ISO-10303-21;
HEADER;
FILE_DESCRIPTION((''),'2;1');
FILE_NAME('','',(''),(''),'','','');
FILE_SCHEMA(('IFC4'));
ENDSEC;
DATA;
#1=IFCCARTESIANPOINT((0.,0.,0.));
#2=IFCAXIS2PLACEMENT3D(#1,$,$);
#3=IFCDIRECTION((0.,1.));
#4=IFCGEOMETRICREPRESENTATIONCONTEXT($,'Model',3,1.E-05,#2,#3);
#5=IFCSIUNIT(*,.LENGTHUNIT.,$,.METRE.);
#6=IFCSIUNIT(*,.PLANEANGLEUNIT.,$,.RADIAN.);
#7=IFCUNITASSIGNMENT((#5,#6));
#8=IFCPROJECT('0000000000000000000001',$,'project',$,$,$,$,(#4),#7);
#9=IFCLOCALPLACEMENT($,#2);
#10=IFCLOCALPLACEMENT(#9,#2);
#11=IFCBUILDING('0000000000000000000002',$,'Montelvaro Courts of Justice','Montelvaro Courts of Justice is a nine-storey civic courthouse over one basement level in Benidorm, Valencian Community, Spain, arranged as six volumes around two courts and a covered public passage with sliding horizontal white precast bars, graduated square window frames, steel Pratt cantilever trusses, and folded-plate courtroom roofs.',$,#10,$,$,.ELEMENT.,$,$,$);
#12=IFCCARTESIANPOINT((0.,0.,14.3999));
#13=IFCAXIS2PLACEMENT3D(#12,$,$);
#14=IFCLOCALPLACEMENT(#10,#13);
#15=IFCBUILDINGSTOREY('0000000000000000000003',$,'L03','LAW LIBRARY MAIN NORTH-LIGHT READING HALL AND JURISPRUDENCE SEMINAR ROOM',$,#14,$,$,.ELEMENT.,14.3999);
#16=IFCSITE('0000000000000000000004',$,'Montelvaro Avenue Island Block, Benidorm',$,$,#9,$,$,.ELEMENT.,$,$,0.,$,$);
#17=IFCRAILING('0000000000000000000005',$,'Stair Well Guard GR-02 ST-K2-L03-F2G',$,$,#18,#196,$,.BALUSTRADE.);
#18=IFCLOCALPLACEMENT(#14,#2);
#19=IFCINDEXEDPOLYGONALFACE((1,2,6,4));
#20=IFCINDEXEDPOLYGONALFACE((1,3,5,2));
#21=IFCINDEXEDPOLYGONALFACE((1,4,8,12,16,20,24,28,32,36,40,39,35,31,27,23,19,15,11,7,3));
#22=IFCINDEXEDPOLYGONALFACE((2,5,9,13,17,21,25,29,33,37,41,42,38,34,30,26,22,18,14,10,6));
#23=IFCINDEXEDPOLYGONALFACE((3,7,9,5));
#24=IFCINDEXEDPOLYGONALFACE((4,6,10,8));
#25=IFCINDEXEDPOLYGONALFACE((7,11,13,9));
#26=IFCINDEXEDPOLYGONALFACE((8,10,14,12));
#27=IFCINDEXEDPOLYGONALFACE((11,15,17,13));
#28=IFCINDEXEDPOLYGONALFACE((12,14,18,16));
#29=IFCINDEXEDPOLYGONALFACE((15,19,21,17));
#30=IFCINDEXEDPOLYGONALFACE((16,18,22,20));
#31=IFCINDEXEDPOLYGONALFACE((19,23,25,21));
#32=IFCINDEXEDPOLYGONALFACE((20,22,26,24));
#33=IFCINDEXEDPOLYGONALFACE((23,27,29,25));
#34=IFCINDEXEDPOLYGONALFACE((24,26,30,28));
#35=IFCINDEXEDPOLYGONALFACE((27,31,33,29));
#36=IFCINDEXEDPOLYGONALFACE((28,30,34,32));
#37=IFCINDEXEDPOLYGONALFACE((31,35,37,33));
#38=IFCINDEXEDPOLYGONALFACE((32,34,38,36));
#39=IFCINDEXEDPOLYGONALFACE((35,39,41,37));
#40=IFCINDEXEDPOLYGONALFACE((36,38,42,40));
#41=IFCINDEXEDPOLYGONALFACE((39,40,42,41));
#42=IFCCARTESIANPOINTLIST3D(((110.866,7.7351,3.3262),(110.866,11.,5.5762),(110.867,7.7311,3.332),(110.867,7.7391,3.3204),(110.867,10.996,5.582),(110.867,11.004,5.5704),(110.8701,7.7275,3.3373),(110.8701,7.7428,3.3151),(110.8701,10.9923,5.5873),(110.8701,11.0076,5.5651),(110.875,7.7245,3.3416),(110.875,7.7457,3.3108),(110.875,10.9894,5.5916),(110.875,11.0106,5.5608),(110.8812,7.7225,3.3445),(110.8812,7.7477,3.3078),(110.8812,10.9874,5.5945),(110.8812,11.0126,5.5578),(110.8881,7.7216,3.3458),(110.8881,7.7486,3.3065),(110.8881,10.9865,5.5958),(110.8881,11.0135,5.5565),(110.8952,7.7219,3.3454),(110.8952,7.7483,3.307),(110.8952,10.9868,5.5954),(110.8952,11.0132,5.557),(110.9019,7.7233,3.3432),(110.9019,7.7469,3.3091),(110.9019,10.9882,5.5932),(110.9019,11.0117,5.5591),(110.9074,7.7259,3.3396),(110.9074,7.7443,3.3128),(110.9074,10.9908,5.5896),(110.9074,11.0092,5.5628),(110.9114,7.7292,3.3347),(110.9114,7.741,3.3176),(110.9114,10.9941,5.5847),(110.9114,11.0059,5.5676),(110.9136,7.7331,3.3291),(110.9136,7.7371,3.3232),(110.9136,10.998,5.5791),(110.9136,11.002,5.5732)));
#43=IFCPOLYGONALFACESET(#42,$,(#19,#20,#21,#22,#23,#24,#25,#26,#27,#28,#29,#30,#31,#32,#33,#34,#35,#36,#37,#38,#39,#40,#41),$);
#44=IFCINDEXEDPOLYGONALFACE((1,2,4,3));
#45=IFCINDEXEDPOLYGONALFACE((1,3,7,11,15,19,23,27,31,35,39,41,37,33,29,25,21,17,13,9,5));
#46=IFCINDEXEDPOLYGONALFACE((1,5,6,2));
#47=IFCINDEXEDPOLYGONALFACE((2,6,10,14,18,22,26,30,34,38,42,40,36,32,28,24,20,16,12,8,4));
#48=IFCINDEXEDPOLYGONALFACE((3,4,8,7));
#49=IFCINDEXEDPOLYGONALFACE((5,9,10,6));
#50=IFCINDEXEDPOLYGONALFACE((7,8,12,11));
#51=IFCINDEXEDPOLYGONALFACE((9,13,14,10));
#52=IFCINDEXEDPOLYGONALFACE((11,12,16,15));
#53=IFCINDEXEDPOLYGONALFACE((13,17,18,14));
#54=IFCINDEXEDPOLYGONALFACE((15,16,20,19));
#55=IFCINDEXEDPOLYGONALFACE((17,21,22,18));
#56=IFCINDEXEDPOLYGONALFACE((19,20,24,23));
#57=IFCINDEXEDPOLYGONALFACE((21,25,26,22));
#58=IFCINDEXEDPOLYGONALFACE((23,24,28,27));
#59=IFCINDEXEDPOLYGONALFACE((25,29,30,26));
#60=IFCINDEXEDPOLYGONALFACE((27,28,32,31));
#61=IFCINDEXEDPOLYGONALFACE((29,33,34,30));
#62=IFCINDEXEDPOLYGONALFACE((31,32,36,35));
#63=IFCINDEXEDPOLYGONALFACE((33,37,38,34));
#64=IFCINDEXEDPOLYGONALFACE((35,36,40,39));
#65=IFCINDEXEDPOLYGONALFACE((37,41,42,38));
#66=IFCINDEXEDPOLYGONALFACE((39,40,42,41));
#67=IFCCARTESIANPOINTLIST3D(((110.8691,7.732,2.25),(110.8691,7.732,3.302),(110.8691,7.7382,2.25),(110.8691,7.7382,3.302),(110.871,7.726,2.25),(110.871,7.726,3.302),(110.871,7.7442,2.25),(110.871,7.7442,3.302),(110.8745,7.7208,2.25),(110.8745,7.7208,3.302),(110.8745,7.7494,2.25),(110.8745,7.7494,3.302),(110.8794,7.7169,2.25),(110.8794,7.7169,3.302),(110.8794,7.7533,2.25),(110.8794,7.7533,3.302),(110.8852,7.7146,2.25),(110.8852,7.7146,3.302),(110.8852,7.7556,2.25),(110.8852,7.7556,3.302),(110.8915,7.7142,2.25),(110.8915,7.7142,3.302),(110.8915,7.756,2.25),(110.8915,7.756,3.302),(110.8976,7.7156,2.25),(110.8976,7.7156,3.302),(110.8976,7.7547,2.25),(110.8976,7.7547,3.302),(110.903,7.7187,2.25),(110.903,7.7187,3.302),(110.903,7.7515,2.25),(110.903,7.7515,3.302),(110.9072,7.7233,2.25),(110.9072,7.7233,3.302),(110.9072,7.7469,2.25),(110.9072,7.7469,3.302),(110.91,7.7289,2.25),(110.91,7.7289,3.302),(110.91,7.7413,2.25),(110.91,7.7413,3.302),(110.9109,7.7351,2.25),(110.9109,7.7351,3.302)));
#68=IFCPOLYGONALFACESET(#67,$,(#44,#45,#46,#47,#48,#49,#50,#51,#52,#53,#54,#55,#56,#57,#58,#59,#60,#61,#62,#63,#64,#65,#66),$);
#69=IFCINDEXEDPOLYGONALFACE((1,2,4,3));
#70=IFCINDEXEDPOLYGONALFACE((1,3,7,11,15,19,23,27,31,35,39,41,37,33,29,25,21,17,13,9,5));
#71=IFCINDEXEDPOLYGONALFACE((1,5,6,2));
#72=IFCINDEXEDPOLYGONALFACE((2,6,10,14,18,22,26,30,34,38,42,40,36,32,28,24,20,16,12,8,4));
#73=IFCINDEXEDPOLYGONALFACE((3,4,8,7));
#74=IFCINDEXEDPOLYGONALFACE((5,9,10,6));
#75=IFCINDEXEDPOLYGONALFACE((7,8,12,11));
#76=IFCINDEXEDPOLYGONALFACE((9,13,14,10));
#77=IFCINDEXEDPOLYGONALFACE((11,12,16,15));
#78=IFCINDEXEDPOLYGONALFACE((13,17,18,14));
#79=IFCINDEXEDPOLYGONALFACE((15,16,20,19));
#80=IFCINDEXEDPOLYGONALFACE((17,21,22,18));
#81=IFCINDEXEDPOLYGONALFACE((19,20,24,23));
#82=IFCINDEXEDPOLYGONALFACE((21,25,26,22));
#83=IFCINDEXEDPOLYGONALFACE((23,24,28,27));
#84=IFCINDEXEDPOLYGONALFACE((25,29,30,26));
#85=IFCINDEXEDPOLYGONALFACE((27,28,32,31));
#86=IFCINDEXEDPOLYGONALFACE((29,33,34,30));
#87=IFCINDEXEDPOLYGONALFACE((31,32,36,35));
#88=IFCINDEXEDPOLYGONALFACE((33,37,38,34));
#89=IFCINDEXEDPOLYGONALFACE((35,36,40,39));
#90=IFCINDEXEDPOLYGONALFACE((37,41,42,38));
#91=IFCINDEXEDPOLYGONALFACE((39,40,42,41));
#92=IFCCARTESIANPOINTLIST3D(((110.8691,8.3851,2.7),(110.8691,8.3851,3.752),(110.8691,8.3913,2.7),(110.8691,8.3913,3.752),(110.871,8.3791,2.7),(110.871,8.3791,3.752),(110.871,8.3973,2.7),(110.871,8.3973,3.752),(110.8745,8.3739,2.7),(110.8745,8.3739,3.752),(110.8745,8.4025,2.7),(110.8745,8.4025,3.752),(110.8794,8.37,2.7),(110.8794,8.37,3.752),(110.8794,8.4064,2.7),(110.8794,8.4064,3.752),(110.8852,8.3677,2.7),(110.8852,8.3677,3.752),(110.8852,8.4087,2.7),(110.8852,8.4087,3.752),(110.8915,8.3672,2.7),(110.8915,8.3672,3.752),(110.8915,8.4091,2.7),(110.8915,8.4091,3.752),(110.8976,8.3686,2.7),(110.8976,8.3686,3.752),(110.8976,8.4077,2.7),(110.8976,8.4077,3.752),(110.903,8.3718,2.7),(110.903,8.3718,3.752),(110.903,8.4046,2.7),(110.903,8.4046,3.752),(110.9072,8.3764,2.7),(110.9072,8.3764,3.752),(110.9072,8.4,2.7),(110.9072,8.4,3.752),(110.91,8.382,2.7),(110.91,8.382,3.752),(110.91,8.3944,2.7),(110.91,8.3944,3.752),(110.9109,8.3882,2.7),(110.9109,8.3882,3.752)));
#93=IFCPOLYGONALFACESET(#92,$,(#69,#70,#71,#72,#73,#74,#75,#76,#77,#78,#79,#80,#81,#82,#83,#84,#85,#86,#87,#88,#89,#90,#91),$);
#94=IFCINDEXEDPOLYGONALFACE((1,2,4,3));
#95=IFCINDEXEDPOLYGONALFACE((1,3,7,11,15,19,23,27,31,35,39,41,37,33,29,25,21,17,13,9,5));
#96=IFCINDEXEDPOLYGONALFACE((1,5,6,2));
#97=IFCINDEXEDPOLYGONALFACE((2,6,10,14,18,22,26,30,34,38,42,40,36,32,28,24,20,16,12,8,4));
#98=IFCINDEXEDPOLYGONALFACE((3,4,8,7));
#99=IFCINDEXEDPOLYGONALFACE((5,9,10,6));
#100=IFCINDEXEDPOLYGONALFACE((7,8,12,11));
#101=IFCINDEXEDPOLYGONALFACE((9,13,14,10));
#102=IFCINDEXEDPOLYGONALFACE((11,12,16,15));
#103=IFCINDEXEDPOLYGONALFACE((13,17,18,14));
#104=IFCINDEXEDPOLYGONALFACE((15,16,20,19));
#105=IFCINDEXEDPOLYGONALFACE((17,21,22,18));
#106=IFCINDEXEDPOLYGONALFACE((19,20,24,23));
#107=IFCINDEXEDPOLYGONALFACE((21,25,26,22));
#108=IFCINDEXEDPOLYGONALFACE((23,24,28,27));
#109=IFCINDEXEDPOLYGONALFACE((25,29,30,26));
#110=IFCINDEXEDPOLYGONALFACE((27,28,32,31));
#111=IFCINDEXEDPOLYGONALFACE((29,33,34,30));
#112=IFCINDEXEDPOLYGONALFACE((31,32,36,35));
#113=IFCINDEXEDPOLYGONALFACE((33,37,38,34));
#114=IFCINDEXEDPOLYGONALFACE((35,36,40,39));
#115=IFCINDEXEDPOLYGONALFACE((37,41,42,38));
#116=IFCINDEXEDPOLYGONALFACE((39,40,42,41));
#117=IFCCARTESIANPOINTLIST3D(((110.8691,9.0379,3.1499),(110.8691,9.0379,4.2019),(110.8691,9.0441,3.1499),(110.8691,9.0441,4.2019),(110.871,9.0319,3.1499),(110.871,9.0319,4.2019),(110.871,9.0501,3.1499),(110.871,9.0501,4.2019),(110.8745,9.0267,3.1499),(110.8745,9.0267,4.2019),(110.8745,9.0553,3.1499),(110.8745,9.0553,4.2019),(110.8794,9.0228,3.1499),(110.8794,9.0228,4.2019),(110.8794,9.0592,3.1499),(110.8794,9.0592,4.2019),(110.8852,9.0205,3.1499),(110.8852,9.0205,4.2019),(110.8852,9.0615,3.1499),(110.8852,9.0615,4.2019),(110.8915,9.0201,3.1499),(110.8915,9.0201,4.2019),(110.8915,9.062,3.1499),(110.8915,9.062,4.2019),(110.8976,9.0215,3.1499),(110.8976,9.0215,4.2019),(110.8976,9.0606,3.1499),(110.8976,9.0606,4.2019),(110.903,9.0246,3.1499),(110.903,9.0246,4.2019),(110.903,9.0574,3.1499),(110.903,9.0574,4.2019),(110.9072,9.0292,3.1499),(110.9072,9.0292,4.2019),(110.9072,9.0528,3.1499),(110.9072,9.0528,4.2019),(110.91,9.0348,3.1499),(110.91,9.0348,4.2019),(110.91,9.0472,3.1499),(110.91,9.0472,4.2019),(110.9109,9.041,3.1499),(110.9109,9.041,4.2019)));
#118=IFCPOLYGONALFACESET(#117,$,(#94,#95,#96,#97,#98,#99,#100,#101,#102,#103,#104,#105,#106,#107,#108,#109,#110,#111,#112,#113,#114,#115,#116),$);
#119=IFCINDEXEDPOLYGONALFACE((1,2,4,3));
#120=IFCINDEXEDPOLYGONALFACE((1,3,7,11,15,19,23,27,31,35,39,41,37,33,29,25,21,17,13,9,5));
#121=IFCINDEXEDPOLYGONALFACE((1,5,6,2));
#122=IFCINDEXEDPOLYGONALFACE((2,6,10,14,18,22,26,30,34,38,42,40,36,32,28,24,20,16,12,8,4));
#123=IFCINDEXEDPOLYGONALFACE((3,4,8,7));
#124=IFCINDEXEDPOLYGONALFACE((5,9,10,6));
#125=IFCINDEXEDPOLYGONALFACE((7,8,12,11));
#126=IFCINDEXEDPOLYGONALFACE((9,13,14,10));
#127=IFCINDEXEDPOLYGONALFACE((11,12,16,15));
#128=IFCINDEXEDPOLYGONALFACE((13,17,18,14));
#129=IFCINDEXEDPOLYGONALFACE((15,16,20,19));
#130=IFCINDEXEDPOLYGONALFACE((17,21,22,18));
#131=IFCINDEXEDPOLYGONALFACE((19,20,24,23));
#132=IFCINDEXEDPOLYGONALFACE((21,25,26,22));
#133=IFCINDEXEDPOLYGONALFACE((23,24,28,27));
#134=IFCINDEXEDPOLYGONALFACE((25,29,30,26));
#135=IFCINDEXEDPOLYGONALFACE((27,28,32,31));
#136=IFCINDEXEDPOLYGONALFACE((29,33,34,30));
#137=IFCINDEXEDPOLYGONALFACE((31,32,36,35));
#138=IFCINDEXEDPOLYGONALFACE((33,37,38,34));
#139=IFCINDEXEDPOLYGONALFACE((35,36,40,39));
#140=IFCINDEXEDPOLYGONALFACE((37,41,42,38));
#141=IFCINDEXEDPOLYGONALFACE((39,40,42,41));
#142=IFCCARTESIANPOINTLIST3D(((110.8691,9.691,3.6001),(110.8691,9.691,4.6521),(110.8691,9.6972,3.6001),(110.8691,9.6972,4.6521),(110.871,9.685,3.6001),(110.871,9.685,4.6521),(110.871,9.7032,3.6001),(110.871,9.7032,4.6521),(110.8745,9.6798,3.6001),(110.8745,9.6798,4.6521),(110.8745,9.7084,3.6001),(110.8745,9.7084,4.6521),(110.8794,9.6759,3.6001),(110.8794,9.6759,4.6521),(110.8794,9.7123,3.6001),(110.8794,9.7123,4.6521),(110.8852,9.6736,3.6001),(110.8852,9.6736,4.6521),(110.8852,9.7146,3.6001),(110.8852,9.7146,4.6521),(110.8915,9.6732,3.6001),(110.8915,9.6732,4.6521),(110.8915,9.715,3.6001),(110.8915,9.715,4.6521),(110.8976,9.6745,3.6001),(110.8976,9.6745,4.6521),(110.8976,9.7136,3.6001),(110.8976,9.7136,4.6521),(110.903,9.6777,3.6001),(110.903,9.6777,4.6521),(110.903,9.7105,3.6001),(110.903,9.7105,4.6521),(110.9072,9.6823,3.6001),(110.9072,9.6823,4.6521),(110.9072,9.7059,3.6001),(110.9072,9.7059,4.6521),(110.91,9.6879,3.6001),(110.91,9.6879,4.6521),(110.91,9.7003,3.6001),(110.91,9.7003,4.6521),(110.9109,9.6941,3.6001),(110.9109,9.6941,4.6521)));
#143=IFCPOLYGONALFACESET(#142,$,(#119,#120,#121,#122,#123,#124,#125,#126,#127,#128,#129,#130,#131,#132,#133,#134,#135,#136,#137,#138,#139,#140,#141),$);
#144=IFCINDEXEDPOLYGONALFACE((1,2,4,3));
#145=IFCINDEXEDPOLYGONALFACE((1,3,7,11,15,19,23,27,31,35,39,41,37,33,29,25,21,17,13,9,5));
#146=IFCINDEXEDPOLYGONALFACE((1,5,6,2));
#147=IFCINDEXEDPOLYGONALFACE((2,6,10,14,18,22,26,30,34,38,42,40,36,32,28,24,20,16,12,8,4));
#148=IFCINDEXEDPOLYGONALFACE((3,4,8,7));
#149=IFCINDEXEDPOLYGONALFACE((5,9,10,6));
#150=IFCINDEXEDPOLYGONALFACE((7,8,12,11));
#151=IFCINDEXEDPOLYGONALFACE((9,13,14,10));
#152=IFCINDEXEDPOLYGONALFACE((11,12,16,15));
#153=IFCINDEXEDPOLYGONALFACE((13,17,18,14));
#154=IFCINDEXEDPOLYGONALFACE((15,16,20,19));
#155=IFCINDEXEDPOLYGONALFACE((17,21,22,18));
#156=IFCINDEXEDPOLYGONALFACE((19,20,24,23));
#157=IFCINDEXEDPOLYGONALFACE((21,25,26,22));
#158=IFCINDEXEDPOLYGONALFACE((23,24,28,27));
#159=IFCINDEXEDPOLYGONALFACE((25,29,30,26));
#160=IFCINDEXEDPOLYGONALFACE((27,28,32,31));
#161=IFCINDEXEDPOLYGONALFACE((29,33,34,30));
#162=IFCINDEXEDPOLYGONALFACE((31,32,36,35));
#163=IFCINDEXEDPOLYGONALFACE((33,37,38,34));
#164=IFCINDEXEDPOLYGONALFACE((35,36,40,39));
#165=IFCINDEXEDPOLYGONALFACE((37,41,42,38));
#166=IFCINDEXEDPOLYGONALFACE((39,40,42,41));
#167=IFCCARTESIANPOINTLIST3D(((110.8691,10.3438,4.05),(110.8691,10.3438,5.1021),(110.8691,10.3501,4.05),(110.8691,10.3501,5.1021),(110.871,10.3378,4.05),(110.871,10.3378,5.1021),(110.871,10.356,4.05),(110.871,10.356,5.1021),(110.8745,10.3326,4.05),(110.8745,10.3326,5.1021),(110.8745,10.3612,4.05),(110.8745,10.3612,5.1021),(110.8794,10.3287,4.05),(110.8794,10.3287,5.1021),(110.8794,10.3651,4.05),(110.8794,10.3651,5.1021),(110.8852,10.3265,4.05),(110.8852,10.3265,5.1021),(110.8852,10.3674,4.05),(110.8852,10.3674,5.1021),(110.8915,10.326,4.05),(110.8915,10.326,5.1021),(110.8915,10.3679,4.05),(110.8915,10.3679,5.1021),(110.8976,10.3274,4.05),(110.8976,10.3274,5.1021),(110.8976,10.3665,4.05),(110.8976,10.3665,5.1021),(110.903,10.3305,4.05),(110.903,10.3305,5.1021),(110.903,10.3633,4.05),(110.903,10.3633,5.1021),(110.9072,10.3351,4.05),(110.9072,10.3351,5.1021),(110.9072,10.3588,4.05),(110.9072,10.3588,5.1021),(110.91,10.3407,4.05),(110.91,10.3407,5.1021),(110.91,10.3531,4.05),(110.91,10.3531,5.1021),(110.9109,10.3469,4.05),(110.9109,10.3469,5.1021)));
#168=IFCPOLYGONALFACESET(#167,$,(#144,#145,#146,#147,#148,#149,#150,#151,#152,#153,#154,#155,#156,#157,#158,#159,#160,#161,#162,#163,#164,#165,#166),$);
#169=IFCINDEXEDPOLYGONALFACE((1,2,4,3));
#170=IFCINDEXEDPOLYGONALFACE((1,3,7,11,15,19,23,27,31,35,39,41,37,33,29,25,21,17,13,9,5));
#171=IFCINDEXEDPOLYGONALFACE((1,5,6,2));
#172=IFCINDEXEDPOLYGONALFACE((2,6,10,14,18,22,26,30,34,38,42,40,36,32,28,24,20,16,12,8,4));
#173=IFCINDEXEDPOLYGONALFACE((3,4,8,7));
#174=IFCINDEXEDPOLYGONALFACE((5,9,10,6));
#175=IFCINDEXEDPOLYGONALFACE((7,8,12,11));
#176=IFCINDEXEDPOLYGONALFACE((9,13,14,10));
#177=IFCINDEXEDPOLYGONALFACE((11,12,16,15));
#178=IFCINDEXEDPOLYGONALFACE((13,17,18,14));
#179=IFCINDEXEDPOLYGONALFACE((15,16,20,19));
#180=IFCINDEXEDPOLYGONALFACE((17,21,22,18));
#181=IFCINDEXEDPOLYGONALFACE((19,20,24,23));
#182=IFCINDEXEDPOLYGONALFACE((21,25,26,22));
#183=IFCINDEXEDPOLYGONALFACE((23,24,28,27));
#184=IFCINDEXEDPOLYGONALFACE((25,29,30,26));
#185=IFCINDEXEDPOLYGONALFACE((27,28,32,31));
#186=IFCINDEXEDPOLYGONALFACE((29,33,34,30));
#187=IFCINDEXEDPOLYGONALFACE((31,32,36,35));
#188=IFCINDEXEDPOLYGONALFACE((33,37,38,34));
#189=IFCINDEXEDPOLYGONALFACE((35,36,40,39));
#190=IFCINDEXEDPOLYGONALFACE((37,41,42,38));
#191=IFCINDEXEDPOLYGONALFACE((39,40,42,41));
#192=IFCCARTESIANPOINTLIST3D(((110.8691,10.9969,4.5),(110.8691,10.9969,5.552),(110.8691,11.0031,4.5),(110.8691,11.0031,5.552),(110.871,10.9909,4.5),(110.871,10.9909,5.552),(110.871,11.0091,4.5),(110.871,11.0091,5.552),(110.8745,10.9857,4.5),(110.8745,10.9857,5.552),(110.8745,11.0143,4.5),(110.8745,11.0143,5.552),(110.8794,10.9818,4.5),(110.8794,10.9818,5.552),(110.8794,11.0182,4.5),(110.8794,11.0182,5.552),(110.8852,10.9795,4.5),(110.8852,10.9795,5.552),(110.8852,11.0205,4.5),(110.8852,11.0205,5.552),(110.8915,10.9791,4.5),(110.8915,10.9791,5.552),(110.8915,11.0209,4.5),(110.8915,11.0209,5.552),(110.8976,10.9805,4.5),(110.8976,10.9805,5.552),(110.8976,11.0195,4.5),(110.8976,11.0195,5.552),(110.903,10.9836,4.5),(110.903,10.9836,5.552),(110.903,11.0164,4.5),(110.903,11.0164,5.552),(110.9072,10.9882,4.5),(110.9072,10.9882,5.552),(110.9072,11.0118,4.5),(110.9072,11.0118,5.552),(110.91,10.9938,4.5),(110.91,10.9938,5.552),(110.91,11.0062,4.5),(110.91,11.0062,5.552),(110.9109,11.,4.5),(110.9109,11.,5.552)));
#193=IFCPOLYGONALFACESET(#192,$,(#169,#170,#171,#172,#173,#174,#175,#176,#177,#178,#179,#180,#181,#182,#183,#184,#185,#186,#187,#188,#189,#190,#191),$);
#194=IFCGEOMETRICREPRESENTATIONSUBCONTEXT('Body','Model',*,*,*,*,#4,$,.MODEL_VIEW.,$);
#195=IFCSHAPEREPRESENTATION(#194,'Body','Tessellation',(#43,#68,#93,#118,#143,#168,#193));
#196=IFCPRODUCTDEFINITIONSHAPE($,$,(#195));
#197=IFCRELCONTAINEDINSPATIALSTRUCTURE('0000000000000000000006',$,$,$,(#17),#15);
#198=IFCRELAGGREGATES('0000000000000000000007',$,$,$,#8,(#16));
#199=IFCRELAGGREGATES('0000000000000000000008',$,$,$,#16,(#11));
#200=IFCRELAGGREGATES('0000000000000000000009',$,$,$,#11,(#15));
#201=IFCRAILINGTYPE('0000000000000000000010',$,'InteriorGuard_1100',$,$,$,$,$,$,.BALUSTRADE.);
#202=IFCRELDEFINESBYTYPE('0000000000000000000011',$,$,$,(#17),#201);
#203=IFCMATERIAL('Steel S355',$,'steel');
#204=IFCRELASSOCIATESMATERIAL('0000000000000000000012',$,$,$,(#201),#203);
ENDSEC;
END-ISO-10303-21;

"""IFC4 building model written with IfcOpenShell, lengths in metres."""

from ifc_helpers import new_model, si_unit, direction, frame, origin, origin_2d, place, context, subcontext, project, spatial, circle, extrude, material, type_object, element, save


model = new_model("IFC4")

# Units and contexts
model_context = context("Model", 3, precision=1e-05, world=origin(), true_north=direction((0.0, 1.0)))
body_context = subcontext(model_context, "Body", "Model", "MODEL_VIEW")
ifc_project = project(units=[si_unit("LENGTHUNIT", "METRE"), si_unit("PLANEANGLEUNIT", "RADIAN")], contexts=[model_context])

# Site, building, storey
site_placement = place(None, origin())
site = spatial("IfcSite", under=ifc_project, at=site_placement, Name="Montelvaro Avenue Island Block, Benidorm", CompositionType="ELEMENT", RefElevation=0.0)
building_placement = place(site_placement, origin())
building = spatial("IfcBuilding", under=site, at=building_placement, Name="Montelvaro Courts of Justice", Description="Montelvaro Courts of Justice is a nine-storey civic courthouse over one basement level in Benidorm, Valencian Community, Spain, arranged as six volumes around two courts and a covered public passage with sliding horizontal white precast bars, graduated square window frames, steel Pratt cantilever trusses, and folded-plate courtroom roofs.", CompositionType="ELEMENT")
storey_placement = place(building_placement, frame((0.0, 0.0, 14.3999)))
storey = spatial("IfcBuildingStorey", under=building, at=storey_placement, Name="L03", Description="LAW LIBRARY MAIN NORTH-LIGHT READING HALL AND JURISPRUDENCE SEMINAR ROOM", CompositionType="ELEMENT", Elevation=14.3999)

# Shared definitions
ifc_material_1 = material(Name="Steel S355", Category="steel")

# Railing
railing_type_1 = type_object("IfcRailingType", Name="InteriorGuard_1100", PredefinedType="BALUSTRADE", material=ifc_material_1)
railing_1_placement = place(storey_placement, frame((110.8899, 7.7351, 2.25)))
element("IfcRailing", 1, at=railing_1_placement, inside=storey, type_object=railing_type_1, Name="Stair Well Guard GR-02 ST-K2-L03-F2G", PredefinedType="BALUSTRADE", context=body_context, shape_type="SweptSolid", body=[
    extrude(circle(Radius=0.0239, at=origin_2d()), frame((0.0, 0.0, 1.0762), z_axis=(0.0, 0.823407, 0.567451), x_axis=(-1.0, 0.0, 0.0)), (0.0, 0.0, 1.0), 3.9651),
    extrude(circle(Radius=0.021, at=origin_2d()), origin(), (0.0, 0.0, 1.0), 1.052),
    extrude(circle(Radius=0.021, at=origin_2d()), frame((0.0, 0.6531, 0.45)), (0.0, 0.0, 1.0), 1.052),
    extrude(circle(Radius=0.021, at=origin_2d()), frame((0.0, 1.3059, 0.8999)), (0.0, 0.0, 1.0), 1.052),
    extrude(circle(Radius=0.021, at=origin_2d()), frame((0.0, 1.959, 1.3501)), (0.0, 0.0, 1.0), 1.052),
    extrude(circle(Radius=0.021, at=origin_2d()), frame((0.0, 2.6118, 1.8)), (0.0, 0.0, 1.0), 1.052),
    extrude(circle(Radius=0.021, at=origin_2d()), frame((0.0, 3.2649, 2.25)), (0.0, 0.0, 1.0), 1.052),
])

save(model, "model.ifc")
